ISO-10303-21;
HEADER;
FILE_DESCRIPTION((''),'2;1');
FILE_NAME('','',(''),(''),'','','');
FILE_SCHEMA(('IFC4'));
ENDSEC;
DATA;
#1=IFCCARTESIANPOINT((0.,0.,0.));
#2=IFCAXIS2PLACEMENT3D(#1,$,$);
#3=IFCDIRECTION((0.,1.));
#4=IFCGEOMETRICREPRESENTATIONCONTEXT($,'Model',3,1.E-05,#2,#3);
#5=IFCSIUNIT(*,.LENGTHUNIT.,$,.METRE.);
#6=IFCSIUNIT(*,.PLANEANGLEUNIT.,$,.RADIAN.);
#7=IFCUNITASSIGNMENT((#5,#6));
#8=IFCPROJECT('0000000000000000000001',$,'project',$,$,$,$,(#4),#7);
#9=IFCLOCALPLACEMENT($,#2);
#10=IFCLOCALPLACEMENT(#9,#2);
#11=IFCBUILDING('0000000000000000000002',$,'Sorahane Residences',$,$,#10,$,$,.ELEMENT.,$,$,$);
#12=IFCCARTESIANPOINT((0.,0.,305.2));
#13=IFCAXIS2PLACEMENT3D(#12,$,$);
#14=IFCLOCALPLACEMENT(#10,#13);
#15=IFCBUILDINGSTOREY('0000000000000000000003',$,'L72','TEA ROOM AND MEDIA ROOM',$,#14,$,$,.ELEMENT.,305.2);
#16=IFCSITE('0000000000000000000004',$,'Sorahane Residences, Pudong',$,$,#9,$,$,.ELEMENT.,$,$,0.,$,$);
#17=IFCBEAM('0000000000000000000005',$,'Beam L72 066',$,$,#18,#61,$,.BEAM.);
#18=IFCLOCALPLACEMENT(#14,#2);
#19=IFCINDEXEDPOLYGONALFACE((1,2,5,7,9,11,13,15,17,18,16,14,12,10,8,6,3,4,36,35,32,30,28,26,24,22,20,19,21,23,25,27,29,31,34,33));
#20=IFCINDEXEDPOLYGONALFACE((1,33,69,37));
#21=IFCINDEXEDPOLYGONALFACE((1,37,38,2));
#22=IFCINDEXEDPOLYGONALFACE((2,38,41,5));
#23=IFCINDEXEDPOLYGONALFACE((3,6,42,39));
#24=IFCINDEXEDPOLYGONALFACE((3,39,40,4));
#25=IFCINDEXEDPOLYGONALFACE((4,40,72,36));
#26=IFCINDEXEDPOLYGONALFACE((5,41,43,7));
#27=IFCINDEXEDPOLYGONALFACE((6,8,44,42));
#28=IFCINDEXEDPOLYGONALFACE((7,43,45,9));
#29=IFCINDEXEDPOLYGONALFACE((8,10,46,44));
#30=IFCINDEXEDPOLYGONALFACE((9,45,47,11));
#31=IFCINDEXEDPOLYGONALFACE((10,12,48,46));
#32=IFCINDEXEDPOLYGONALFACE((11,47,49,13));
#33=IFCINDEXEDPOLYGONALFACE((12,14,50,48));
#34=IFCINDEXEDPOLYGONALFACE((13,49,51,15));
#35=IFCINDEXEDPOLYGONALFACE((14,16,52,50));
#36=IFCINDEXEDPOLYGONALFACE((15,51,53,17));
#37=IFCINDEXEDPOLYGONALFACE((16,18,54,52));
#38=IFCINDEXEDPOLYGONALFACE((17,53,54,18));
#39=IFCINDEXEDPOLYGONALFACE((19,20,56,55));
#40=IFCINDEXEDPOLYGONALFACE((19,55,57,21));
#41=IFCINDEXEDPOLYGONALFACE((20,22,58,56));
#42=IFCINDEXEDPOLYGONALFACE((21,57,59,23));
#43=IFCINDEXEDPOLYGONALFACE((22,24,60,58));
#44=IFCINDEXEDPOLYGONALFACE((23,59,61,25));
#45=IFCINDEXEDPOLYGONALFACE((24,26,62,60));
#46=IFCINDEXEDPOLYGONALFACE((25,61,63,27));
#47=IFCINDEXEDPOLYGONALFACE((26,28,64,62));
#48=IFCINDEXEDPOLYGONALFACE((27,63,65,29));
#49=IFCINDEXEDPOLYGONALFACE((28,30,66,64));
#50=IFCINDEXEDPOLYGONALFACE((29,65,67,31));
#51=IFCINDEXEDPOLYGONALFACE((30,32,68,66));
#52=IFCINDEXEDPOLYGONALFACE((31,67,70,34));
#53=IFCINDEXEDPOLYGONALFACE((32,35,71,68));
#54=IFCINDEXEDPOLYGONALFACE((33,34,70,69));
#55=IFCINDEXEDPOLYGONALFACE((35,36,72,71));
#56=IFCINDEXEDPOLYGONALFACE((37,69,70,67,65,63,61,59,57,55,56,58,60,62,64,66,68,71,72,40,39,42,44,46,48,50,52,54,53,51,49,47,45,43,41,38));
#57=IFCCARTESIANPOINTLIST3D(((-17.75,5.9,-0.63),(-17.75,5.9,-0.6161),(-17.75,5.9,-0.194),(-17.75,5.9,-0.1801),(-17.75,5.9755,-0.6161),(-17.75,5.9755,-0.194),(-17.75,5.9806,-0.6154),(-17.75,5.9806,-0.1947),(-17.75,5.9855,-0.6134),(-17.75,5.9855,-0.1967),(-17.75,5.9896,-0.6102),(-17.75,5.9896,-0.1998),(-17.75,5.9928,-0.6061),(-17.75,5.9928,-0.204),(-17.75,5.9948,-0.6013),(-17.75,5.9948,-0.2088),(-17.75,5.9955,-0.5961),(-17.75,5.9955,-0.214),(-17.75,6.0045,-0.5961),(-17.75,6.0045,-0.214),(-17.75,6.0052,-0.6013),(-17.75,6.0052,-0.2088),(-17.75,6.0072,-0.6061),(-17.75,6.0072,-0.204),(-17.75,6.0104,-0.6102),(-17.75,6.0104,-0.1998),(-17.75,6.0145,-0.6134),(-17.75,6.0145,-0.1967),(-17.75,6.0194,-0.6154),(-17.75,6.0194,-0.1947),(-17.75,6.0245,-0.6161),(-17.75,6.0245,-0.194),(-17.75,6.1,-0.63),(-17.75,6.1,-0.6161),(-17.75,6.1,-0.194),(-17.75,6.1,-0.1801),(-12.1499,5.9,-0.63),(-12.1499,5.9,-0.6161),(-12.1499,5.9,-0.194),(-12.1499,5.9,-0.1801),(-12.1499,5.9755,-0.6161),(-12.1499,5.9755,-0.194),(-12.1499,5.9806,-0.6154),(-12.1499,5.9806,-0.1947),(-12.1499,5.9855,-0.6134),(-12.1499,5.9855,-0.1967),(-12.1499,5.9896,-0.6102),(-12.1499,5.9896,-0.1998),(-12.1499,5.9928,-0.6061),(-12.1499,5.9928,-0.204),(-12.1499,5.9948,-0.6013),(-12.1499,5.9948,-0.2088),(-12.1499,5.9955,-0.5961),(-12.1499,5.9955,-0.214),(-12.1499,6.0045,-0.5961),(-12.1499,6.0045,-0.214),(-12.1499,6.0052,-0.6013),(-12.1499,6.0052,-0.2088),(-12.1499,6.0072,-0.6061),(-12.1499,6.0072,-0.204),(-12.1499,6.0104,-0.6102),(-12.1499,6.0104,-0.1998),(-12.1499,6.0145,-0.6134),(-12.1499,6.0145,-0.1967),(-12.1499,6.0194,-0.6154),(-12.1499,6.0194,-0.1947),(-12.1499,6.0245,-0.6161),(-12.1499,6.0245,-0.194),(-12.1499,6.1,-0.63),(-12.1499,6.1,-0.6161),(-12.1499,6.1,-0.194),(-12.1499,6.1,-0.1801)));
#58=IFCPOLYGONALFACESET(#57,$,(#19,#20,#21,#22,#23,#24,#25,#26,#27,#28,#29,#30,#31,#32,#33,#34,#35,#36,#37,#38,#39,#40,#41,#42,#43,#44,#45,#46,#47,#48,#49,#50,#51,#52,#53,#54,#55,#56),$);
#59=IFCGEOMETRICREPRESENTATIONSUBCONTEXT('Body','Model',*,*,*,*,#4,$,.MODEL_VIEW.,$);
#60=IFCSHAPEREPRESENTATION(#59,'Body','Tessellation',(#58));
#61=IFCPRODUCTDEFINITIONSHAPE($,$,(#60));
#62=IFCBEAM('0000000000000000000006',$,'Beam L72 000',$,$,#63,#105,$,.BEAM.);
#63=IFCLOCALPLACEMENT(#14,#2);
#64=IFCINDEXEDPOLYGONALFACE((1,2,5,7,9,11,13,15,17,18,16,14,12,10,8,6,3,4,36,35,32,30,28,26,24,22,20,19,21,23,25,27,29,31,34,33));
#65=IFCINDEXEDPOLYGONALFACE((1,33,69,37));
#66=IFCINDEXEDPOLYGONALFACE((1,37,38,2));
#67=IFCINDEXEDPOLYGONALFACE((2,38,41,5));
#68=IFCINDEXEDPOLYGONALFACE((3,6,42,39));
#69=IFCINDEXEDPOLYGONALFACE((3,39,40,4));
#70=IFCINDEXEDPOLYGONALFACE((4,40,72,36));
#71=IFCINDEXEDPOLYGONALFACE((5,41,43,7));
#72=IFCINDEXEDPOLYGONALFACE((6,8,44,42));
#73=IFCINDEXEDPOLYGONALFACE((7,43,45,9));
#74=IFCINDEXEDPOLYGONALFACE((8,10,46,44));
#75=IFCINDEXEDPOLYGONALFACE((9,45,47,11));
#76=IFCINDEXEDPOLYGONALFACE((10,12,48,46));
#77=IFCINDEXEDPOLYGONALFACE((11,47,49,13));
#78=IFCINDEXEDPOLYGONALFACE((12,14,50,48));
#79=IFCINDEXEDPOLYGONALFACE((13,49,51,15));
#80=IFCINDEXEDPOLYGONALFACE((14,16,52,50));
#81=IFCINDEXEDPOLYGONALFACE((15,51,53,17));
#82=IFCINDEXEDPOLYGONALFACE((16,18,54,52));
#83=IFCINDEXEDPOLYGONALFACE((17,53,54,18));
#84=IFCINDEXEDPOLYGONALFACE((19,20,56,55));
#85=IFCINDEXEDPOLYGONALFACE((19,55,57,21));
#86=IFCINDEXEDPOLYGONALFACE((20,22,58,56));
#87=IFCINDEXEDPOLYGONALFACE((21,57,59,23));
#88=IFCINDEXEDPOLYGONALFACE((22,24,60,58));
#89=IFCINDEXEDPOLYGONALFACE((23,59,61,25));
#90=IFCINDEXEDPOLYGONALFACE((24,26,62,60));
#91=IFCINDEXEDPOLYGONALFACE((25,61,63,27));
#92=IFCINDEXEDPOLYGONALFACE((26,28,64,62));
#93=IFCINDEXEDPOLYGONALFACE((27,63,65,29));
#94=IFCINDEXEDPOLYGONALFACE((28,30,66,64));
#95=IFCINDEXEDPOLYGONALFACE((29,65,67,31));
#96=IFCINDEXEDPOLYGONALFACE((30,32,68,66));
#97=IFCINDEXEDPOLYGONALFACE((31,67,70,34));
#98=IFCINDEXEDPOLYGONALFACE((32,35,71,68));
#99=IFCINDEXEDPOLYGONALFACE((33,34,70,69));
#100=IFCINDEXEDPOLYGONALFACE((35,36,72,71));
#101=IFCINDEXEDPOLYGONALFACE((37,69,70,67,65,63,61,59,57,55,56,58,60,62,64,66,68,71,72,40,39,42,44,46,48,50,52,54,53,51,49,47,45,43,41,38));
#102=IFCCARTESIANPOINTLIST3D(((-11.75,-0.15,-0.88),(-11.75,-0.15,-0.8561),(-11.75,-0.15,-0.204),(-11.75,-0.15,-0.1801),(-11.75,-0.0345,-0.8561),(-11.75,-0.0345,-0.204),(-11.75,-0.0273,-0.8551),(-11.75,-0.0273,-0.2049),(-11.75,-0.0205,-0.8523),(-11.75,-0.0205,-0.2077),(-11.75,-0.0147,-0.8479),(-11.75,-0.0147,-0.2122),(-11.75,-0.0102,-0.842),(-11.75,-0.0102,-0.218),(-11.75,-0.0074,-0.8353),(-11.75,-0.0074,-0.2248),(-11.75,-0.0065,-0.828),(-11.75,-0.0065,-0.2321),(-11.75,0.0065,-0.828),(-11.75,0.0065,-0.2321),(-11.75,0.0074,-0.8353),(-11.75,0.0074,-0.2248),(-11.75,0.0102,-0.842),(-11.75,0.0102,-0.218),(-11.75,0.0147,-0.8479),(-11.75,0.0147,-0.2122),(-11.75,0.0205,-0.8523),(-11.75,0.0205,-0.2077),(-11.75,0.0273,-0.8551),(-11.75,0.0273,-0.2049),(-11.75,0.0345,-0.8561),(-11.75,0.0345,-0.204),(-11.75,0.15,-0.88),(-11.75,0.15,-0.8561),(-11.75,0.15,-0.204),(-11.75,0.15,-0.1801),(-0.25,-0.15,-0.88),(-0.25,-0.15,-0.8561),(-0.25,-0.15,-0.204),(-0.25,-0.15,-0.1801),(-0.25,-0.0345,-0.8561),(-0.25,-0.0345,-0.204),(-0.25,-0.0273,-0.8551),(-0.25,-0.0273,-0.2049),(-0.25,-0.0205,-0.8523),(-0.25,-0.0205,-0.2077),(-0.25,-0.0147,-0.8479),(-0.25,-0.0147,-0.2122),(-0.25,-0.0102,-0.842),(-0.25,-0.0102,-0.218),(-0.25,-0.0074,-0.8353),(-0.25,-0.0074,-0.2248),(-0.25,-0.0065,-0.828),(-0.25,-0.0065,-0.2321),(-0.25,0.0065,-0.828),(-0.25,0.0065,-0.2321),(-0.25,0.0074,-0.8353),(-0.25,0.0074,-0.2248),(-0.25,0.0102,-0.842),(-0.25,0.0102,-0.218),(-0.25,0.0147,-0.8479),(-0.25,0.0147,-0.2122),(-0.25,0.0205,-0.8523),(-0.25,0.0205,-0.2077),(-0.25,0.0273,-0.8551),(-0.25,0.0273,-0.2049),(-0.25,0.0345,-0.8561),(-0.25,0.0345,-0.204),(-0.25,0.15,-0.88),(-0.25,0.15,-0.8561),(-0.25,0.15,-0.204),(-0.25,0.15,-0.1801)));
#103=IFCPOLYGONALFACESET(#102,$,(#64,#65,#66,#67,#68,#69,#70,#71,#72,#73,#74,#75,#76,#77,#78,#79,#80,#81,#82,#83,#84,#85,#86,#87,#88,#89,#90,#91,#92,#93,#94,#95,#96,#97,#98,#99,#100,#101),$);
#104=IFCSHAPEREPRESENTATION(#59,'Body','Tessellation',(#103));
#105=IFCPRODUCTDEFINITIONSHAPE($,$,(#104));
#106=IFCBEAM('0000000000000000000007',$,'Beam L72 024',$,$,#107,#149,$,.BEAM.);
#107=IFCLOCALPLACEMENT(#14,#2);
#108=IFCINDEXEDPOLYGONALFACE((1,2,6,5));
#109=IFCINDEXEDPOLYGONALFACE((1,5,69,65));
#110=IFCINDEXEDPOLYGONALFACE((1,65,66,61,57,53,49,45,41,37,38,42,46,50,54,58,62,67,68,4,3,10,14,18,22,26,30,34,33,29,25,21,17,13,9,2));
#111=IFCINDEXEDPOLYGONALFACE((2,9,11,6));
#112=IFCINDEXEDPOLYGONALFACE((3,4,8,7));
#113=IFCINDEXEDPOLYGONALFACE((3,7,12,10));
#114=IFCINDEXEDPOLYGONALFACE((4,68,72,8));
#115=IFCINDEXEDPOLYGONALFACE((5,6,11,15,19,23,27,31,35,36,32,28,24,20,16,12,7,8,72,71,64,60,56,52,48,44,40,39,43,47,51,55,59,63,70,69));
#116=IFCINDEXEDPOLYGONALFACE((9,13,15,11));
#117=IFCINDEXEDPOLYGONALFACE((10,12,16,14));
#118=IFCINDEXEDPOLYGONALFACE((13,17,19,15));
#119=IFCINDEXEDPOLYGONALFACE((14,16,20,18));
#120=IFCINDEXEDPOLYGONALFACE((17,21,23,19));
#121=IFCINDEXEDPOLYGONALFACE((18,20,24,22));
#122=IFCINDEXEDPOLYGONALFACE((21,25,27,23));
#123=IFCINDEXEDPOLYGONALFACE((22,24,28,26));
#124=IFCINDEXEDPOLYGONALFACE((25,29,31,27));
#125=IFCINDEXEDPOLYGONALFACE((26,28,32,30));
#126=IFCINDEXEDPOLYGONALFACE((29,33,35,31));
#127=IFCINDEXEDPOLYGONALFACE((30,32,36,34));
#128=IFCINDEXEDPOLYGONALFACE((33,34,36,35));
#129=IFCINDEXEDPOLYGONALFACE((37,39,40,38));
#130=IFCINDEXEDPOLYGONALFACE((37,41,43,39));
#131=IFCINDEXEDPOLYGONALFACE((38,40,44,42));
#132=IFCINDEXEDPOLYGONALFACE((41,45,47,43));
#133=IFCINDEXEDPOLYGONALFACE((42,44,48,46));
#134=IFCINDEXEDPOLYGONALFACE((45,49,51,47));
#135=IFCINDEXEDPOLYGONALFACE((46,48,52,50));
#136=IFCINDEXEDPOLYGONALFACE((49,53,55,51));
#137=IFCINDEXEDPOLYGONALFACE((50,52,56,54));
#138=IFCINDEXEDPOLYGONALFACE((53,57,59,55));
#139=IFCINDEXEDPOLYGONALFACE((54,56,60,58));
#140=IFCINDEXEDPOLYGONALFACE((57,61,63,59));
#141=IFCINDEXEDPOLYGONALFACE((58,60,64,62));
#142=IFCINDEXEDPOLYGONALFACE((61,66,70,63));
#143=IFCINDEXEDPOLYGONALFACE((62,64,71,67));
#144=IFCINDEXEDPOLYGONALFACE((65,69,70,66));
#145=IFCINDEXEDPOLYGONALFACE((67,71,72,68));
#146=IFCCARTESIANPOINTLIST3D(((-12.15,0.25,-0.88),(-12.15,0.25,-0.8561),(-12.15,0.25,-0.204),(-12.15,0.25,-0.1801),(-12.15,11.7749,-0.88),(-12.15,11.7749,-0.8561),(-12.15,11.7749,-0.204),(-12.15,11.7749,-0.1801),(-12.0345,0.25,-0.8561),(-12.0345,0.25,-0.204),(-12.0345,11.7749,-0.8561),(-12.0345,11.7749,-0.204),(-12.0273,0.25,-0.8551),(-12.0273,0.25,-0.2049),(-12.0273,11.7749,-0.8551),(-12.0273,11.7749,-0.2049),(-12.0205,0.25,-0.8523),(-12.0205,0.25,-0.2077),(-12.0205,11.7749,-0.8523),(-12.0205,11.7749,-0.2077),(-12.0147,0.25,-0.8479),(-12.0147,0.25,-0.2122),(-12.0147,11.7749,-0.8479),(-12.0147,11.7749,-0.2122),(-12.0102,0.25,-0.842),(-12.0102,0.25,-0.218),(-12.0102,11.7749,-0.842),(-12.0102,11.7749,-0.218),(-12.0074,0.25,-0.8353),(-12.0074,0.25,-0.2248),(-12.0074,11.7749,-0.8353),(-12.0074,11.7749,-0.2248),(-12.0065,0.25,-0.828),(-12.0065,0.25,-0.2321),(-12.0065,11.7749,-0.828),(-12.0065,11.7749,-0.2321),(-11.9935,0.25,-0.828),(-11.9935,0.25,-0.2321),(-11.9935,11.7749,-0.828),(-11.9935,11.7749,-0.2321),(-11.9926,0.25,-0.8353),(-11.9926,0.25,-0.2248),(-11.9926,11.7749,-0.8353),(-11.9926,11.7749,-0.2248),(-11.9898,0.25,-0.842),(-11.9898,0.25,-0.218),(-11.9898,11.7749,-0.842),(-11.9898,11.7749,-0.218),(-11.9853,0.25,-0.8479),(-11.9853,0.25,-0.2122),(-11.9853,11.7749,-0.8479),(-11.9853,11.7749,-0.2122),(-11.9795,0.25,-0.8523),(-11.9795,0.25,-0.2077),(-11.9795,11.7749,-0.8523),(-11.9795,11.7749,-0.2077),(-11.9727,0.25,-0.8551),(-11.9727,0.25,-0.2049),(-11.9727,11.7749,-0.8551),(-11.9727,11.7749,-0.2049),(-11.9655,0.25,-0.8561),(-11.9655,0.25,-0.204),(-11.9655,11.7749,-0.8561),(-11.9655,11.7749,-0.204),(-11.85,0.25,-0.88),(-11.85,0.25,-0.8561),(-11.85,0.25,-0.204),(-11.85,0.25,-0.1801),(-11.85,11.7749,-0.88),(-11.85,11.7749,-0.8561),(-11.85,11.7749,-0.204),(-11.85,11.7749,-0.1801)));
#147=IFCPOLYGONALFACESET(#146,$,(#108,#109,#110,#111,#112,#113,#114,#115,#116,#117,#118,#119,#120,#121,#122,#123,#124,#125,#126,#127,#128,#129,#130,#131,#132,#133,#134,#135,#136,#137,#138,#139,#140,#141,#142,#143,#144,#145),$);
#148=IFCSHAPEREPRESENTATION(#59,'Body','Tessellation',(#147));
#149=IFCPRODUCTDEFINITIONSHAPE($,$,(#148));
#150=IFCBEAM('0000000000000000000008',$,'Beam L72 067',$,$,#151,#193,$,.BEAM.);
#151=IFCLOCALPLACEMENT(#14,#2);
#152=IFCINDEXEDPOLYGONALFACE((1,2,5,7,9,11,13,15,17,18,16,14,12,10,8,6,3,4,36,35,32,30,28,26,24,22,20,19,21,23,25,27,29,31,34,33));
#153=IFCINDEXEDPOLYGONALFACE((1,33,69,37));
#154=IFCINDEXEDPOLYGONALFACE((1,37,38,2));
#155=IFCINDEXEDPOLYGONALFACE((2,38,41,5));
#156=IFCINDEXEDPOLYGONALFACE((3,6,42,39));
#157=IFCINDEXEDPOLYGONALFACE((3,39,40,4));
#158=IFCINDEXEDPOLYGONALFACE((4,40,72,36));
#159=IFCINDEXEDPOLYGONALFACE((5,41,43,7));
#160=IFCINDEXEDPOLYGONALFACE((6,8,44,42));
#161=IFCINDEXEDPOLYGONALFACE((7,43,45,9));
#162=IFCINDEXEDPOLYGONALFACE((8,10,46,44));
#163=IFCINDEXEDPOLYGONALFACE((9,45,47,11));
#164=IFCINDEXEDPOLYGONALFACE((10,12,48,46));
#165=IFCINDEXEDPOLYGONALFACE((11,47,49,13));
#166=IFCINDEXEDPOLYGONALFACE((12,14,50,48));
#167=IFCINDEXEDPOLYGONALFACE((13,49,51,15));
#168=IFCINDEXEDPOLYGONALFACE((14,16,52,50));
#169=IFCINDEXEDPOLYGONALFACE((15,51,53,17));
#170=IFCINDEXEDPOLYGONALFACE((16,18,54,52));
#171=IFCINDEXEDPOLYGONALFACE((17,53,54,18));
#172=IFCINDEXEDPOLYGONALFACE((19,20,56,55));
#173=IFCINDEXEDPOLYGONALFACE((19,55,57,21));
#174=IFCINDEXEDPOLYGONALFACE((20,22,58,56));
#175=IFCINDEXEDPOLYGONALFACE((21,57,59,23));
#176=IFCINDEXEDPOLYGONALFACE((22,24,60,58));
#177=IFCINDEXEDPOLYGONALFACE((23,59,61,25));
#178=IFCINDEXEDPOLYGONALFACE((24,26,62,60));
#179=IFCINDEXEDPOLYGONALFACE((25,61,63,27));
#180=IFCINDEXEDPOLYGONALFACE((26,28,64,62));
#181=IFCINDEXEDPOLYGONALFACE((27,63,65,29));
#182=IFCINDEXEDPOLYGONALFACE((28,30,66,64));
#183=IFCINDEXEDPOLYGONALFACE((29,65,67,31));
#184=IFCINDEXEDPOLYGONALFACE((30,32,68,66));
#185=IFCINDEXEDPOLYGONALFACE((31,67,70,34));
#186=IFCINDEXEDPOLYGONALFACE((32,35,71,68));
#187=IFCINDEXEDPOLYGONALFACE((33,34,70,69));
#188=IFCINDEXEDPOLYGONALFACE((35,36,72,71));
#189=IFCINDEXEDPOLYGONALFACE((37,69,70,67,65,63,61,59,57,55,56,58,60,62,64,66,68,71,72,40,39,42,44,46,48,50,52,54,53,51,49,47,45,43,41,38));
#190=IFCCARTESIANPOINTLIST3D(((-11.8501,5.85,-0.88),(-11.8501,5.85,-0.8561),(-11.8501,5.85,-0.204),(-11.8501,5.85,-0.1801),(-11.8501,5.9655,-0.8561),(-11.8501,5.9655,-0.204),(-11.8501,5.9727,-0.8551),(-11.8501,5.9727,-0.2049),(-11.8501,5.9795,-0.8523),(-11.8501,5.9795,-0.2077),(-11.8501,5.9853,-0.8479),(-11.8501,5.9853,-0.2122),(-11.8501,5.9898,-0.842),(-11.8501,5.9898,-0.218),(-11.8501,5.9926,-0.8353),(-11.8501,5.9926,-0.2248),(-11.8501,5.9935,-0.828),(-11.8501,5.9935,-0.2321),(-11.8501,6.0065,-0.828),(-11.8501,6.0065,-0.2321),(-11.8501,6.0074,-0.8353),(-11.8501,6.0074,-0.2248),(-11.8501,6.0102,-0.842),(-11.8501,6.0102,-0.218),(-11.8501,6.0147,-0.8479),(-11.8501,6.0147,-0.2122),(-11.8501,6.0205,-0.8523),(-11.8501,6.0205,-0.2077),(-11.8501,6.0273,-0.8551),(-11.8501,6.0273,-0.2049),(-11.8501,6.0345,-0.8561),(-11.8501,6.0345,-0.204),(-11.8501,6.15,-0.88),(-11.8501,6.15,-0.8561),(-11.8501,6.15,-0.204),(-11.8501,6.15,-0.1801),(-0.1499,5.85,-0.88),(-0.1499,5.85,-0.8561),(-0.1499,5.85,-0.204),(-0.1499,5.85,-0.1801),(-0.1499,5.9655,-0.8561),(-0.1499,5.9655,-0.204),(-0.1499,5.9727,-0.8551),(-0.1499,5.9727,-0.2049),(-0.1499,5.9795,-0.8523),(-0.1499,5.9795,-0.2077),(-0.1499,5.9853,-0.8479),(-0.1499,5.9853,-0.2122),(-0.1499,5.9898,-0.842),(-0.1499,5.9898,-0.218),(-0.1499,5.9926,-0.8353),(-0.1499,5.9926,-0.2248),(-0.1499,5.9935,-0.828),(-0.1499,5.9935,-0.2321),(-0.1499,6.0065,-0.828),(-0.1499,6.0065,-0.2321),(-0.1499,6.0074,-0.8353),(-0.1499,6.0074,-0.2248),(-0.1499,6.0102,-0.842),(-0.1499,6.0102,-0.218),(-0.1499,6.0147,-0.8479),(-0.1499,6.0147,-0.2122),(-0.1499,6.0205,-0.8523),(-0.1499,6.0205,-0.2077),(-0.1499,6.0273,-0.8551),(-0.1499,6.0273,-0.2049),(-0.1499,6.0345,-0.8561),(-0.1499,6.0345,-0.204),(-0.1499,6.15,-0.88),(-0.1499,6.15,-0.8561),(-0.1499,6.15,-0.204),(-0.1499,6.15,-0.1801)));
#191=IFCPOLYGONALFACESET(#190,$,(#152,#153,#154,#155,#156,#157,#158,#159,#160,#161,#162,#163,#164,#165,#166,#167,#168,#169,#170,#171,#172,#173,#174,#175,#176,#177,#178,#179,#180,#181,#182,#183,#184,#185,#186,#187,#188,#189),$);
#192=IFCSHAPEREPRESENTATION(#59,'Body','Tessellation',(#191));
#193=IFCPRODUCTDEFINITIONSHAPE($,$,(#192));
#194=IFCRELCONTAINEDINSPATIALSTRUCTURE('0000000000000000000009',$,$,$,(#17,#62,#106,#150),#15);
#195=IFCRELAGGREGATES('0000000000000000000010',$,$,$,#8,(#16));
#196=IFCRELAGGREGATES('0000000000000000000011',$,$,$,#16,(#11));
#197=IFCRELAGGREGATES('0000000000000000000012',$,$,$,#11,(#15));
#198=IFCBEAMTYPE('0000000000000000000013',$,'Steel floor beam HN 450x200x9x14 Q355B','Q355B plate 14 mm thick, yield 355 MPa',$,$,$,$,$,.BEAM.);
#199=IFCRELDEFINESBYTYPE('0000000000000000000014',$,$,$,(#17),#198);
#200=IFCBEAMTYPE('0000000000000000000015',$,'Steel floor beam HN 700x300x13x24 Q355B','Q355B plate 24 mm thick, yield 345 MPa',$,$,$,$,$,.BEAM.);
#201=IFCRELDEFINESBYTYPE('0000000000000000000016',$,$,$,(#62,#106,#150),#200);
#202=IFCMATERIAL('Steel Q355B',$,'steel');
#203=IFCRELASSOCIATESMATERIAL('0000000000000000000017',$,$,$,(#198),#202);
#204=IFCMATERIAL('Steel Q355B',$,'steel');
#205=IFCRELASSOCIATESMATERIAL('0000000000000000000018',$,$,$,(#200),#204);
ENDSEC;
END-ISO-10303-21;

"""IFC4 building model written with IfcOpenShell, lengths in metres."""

from ifc_helpers import new_model, si_unit, direction, frame, origin, origin_2d, place, context, subcontext, project, spatial, i_section, extrude, material, material_profile, profile_set, type_object, element, save


model = new_model("IFC4")

# Units and contexts
model_context = context("Model", 3, precision=1e-05, world=origin(), true_north=direction((0.0, 1.0)))
body_context = subcontext(model_context, "Body", "Model", "MODEL_VIEW")
ifc_project = project(units=[si_unit("LENGTHUNIT", "METRE"), si_unit("PLANEANGLEUNIT", "RADIAN")], contexts=[model_context])

# Site, building, storey
site_placement = place(None, origin())
site = spatial("IfcSite", under=ifc_project, at=site_placement, Name="Sorahane Residences, Pudong", CompositionType="ELEMENT", RefElevation=0.0)
building_placement = place(site_placement, origin())
building = spatial("IfcBuilding", under=site, at=building_placement, Name="Sorahane Residences", CompositionType="ELEMENT")
storey_placement = place(building_placement, frame((0.0, 0.0, 305.2)))
storey = spatial("IfcBuildingStorey", under=building, at=storey_placement, Name="L72", Description="TEA ROOM AND MEDIA ROOM", CompositionType="ELEMENT", Elevation=305.2)

# Beams
ifc_material_1 = material(Name="Steel Q355B", Category="steel")
ifc_material_profile_1 = material_profile(ifc_material_1, i_section(OverallWidth=0.2, OverallDepth=0.45, WebThickness=0.009, FlangeThickness=0.0139, FilletRadius=0.02, at=origin_2d()), Name="HN 450x200x9x14")
ifc_profile_set_1 = profile_set([ifc_material_profile_1], Name="Steel Q355B")
beam_type_1 = type_object("IfcBeamType", Name="Steel floor beam HN 450x200x9x14 Q355B", Description="Q355B plate 14 mm thick, yield 355 MPa", PredefinedType="BEAM", material=ifc_profile_set_1)
beam_1_placement = place(storey_placement, frame((-17.75, 6.0, -0.405), z_axis=(1.0, 0.0, 0.0), x_axis=(0.0, 1.0, 0.0)))
element("IfcBeam", 1, at=beam_1_placement, inside=storey, type_object=beam_type_1, Name="Beam L72 066", PredefinedType="BEAM", context=body_context, shape_type="SweptSolid", body=[
    extrude(i_section(OverallWidth=0.2, OverallDepth=0.45, WebThickness=0.009, FlangeThickness=0.0139, FilletRadius=0.02, at=origin_2d()), origin(), (0.0, 0.0, 1.0), 5.6001),
])
ifc_material_2 = material(Name="Steel Q355B", Category="steel")
ifc_material_profile_2 = material_profile(ifc_material_2, i_section(OverallWidth=0.3, OverallDepth=0.7, WebThickness=0.0129, FlangeThickness=0.0239, FilletRadius=0.0281, at=origin_2d()), Name="HN 700x300x13x24")
ifc_profile_set_2 = profile_set([ifc_material_profile_2], Name="Steel Q355B")
beam_type_2 = type_object("IfcBeamType", Name="Steel floor beam HN 700x300x13x24 Q355B", Description="Q355B plate 24 mm thick, yield 345 MPa", PredefinedType="BEAM", material=ifc_profile_set_2)
beam_2_placement = place(storey_placement, frame((-11.75, 0.0, -0.53), z_axis=(1.0, 0.0, 0.0), x_axis=(0.0, 1.0, 0.0)))
element("IfcBeam", 2, at=beam_2_placement, inside=storey, type_object=beam_type_2, Name="Beam L72 000", PredefinedType="BEAM", context=body_context, shape_type="SweptSolid", body=[
    extrude(i_section(OverallWidth=0.3, OverallDepth=0.7, WebThickness=0.0129, FlangeThickness=0.0239, FilletRadius=0.0281, at=origin_2d()), origin(), (0.0, 0.0, 1.0), 11.5),
])
beam_3_placement = place(storey_placement, frame((-12.0, 0.25, -0.53), z_axis=(0.0, 1.0, 0.0), x_axis=(-1.0, 0.0, 0.0)))
element("IfcBeam", 3, at=beam_3_placement, inside=storey, type_object=beam_type_2, Name="Beam L72 024", PredefinedType="BEAM", context=body_context, shape_type="SweptSolid", body=[
    extrude(i_section(OverallWidth=0.3, OverallDepth=0.7, WebThickness=0.0129, FlangeThickness=0.0239, FilletRadius=0.0281, at=origin_2d()), origin(), (0.0, 0.0, 1.0), 11.5249),
])
beam_4_placement = place(storey_placement, frame((-11.8501, 6.0, -0.53), z_axis=(1.0, 0.0, 0.0), x_axis=(0.0, 1.0, 0.0)))
element("IfcBeam", 4, at=beam_4_placement, inside=storey, type_object=beam_type_2, Name="Beam L72 067", PredefinedType="BEAM", context=body_context, shape_type="SweptSolid", body=[
    extrude(i_section(OverallWidth=0.3, OverallDepth=0.7, WebThickness=0.0129, FlangeThickness=0.0239, FilletRadius=0.0281, at=origin_2d()), origin(), (0.0, 0.0, 1.0), 11.7002),
])

save(model, "model.ifc")
